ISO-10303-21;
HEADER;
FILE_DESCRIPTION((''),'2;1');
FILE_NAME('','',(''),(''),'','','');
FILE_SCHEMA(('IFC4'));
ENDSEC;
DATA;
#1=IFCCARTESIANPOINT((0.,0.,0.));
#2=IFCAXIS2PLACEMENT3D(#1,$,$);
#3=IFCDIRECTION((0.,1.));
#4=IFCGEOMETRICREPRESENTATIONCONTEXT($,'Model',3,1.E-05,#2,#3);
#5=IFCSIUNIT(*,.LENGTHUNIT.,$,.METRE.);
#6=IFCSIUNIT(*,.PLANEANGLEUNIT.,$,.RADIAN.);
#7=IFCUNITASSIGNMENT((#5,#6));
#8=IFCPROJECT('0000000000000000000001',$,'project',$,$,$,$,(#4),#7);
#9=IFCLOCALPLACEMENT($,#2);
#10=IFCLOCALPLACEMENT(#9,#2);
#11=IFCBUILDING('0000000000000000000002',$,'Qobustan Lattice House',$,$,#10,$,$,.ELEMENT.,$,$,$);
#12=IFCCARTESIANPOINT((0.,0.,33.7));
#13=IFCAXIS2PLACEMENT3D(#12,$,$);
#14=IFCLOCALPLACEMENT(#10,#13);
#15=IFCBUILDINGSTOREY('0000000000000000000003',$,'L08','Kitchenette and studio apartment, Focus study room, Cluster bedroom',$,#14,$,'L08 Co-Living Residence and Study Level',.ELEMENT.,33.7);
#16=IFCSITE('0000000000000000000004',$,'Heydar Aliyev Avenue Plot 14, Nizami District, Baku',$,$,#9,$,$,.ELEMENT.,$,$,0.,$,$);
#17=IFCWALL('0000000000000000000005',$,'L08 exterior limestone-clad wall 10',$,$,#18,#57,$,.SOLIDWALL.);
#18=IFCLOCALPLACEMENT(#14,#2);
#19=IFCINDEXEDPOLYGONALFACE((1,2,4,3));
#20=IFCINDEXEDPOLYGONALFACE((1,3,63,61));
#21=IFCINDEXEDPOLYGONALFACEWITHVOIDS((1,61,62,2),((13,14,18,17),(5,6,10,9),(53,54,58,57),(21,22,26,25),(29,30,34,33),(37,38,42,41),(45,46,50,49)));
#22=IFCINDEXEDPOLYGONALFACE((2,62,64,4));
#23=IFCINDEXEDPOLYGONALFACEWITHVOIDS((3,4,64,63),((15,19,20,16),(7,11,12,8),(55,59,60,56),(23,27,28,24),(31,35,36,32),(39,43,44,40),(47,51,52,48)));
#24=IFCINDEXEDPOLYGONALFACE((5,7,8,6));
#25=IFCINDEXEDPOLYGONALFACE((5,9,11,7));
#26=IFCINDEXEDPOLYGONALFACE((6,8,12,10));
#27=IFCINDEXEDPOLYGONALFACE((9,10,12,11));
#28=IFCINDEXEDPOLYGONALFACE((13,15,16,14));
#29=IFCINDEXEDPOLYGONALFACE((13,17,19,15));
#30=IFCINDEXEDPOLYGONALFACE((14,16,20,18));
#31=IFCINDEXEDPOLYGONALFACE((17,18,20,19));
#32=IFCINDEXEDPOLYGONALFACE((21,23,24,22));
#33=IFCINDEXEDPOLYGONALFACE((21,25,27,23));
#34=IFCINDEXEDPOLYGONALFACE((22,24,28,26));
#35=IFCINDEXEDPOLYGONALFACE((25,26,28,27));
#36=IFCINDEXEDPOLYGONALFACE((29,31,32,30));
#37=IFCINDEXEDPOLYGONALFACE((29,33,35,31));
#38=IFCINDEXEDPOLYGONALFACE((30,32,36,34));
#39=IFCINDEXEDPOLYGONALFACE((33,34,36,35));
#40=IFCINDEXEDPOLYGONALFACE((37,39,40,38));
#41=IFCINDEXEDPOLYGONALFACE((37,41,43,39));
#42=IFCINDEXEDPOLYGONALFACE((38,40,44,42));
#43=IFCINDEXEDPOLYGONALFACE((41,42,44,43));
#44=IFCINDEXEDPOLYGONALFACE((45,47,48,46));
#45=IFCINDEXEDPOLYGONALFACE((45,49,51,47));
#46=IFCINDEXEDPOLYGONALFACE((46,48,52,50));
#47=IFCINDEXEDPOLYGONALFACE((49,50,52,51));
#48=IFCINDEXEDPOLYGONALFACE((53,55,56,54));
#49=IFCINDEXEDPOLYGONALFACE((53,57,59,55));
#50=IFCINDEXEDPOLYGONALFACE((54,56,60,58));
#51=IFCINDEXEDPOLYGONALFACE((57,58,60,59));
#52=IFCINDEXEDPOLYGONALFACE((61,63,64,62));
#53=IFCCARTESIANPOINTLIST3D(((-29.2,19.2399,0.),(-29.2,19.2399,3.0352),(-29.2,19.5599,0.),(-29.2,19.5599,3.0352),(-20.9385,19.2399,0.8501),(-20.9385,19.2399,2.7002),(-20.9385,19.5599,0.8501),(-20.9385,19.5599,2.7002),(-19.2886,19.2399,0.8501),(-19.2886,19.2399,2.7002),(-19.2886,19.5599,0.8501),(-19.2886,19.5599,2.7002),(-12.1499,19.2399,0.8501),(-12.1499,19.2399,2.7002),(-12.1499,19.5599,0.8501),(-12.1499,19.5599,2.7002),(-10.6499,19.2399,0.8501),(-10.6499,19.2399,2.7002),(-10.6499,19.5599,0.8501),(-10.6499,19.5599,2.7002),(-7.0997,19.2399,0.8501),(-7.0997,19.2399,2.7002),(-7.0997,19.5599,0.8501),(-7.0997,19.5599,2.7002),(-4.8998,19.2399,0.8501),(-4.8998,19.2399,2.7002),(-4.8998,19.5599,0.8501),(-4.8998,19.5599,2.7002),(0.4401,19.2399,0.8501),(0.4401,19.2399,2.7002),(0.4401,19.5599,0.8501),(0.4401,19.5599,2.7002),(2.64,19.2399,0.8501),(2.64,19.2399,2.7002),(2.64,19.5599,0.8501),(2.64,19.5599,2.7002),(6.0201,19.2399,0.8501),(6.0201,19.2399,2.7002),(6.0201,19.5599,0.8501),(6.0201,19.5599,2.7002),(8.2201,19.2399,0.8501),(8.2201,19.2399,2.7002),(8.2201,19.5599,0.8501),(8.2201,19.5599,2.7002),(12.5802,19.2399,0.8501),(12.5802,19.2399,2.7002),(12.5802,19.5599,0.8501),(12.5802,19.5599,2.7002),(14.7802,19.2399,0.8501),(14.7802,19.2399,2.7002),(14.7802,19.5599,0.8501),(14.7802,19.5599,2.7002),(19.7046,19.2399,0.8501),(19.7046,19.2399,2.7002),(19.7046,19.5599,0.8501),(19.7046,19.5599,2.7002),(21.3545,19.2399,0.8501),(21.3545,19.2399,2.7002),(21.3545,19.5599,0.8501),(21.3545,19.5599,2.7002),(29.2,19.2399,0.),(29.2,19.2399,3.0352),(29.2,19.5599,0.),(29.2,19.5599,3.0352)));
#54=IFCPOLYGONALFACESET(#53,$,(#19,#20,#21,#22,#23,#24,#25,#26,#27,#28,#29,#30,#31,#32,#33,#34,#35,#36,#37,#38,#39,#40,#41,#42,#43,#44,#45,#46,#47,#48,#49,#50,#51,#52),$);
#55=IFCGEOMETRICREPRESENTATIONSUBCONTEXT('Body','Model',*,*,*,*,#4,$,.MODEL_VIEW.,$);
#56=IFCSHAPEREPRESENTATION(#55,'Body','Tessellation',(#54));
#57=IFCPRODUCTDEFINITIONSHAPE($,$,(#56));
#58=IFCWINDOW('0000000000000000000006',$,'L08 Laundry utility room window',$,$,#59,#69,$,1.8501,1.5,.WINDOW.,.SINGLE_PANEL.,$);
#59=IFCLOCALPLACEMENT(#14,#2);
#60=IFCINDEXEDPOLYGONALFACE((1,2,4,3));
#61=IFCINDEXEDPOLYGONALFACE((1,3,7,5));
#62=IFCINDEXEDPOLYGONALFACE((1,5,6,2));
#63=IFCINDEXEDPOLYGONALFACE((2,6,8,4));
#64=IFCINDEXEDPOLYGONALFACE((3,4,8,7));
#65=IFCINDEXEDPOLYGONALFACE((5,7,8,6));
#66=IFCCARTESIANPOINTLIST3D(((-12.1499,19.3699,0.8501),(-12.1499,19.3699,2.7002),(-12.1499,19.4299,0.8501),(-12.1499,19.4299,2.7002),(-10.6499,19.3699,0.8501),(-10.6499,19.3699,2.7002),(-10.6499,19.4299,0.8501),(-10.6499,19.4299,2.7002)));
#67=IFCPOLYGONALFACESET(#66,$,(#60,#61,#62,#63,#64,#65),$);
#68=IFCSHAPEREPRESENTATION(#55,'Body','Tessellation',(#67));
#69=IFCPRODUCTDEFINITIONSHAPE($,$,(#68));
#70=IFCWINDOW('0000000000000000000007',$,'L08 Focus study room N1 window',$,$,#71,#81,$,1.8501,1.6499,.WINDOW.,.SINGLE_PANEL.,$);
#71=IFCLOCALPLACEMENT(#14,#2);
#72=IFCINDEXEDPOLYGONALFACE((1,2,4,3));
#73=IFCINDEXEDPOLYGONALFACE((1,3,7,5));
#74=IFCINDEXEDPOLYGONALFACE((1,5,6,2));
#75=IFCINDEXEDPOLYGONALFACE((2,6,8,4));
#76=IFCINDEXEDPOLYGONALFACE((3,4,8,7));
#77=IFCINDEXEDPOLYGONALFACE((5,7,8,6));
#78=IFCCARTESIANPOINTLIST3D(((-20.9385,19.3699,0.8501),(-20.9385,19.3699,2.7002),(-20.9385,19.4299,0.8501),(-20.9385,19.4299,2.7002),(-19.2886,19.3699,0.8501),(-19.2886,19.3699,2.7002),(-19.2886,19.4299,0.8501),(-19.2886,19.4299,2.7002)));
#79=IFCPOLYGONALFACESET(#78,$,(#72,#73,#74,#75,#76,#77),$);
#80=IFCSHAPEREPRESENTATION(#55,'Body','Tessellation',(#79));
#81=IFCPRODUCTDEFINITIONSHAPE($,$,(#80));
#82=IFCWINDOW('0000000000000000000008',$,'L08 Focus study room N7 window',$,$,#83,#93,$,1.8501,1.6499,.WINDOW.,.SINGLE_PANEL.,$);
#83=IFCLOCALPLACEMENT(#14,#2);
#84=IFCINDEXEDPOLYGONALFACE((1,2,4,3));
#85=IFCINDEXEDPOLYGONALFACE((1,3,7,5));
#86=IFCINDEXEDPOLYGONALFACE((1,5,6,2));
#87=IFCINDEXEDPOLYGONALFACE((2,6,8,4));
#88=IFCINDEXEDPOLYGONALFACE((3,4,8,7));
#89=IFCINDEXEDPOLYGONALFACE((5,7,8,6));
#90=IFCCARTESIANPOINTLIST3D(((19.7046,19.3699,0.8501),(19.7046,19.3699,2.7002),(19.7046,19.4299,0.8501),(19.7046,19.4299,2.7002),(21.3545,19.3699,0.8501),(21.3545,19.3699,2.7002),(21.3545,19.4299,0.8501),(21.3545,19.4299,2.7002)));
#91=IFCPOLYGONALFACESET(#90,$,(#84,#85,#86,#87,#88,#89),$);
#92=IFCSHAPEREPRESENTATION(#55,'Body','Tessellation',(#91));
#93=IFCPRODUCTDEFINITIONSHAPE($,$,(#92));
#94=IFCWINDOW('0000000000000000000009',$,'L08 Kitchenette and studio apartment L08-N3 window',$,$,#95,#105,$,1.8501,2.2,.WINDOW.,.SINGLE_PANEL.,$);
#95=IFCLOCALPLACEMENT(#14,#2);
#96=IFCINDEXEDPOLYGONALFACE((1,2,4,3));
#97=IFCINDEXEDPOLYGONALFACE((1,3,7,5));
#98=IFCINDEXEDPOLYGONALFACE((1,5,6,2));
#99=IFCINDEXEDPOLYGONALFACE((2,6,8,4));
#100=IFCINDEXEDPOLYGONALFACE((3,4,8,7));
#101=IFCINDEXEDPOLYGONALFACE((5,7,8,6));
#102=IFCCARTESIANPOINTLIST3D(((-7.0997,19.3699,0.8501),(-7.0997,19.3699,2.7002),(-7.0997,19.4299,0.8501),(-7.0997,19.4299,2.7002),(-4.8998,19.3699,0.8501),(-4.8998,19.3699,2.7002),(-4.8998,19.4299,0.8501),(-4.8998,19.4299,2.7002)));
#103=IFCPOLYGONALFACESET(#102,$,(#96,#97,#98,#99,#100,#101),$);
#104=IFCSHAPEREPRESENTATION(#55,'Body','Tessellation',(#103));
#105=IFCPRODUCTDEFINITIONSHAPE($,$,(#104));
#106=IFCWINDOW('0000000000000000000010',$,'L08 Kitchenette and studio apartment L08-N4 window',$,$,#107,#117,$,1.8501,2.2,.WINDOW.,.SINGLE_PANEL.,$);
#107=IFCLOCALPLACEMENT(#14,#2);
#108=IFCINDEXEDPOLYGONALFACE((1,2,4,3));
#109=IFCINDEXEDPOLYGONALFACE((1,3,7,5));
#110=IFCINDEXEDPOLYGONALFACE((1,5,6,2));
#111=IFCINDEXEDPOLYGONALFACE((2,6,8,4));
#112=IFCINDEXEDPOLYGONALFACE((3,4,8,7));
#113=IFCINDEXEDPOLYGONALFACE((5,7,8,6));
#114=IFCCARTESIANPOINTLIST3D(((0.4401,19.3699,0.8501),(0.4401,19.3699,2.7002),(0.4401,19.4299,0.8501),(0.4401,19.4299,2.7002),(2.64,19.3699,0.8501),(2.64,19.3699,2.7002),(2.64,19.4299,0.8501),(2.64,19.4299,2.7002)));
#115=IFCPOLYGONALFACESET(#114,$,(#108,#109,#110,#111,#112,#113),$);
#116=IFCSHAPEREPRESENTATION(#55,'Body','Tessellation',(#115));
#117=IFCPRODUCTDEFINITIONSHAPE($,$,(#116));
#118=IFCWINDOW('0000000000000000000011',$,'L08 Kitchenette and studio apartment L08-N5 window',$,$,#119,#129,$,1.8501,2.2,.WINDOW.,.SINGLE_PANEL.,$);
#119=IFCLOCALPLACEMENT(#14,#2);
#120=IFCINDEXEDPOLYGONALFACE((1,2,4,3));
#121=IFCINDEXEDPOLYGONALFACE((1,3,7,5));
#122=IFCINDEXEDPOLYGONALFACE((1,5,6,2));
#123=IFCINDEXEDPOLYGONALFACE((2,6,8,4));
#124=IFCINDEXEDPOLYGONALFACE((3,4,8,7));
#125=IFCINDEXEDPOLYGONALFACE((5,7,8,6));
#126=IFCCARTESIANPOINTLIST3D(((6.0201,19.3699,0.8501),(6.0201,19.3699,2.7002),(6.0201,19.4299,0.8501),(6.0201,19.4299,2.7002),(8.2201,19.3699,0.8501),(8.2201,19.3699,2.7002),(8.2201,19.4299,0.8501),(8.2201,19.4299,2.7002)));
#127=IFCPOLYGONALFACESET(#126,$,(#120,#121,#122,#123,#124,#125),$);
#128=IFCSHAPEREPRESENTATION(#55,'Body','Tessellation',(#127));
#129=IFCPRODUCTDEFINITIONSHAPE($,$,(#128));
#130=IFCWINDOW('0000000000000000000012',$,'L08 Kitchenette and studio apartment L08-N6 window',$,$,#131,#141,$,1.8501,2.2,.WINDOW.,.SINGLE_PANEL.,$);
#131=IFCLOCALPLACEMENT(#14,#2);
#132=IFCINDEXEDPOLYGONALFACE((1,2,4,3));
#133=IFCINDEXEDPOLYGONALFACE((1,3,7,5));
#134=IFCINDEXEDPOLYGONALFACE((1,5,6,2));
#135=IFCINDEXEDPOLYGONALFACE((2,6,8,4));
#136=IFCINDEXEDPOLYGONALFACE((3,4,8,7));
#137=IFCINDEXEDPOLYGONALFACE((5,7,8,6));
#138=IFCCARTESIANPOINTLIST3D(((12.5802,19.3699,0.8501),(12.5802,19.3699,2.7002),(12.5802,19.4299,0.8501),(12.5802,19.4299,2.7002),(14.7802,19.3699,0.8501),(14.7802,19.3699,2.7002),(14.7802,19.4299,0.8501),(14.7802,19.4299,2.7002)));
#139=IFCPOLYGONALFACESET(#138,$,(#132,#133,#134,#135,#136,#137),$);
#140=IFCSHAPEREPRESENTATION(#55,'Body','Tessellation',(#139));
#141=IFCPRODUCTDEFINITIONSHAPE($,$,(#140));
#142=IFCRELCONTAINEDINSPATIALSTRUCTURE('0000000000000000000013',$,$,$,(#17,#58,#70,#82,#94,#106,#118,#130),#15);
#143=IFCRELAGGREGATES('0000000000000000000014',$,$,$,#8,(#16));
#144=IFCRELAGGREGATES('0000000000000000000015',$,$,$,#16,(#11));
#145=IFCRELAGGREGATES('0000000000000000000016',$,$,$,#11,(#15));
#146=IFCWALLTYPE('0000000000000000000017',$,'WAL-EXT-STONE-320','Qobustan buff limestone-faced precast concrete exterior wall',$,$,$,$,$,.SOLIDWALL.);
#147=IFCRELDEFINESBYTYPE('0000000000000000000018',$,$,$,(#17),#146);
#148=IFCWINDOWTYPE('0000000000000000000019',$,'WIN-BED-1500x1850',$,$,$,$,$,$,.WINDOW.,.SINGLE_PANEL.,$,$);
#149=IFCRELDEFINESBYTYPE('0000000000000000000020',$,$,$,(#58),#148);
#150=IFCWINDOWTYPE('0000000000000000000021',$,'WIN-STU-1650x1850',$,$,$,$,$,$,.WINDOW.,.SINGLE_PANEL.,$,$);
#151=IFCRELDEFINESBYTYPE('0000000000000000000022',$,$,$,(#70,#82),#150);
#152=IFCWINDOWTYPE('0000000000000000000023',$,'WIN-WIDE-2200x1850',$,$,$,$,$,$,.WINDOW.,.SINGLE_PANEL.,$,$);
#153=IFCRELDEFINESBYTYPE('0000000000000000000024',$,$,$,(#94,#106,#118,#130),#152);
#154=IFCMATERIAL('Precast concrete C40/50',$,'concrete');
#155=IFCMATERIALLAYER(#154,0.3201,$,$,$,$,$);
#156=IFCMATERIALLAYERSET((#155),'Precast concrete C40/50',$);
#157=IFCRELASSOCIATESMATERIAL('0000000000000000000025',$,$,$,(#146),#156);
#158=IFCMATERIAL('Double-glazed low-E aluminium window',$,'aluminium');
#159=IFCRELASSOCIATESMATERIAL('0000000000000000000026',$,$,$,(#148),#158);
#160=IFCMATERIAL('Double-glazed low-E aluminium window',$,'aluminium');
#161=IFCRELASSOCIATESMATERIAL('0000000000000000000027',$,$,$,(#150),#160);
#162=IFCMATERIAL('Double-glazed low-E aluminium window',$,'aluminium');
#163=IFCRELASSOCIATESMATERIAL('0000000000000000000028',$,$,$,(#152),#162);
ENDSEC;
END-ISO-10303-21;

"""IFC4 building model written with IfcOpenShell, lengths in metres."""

from ifc_helpers import new_model, si_unit, direction, frame, frame_2d, origin, place, context, subcontext, project, spatial, rectangle, extrude, material, layer, layer_set, type_object, element, fill, save


model = new_model("IFC4")

# Units and contexts
model_context = context("Model", 3, precision=1e-05, world=origin(), true_north=direction((0.0, 1.0)))
body_context = subcontext(model_context, "Body", "Model", "MODEL_VIEW")
ifc_project = project(units=[si_unit("LENGTHUNIT", "METRE"), si_unit("PLANEANGLEUNIT", "RADIAN")], contexts=[model_context])

# Site, building, storey
site_placement = place(None, origin())
site = spatial("IfcSite", under=ifc_project, at=site_placement, Name="Heydar Aliyev Avenue Plot 14, Nizami District, Baku", CompositionType="ELEMENT", RefElevation=0.0)
building_placement = place(site_placement, origin())
building = spatial("IfcBuilding", under=site, at=building_placement, Name="Qobustan Lattice House", CompositionType="ELEMENT")
storey_placement = place(building_placement, frame((0.0, 0.0, 33.7)))
storey = spatial("IfcBuildingStorey", under=building, at=storey_placement, Name="L08", Description="Kitchenette and studio apartment, Focus study room, Cluster bedroom", LongName="L08 Co-Living Residence and Study Level", CompositionType="ELEMENT", Elevation=33.7)

# Shared definitions
ifc_material_1 = material(Name="Precast concrete C40/50", Category="concrete")
ifc_layer_1 = layer(ifc_material_1, 0.3201)
ifc_layer_set_1 = layer_set([ifc_layer_1], Name="Precast concrete C40/50")
wall_type = type_object("IfcWallType", Name="WAL-EXT-STONE-320", Description="Qobustan buff limestone-faced precast concrete exterior wall", PredefinedType="SOLIDWALL", material=ifc_layer_set_1)

# Wall, openings, windows
wall_1_placement = place(storey_placement, frame((-29.2, 19.3999, 0.0), z_axis=(0.0, 0.0, 1.0), x_axis=(1.0, 0.0, 0.0)))
wall_1 = element("IfcWall", 1, at=wall_1_placement, inside=storey, type_object=wall_type, Name="L08 exterior limestone-clad wall 10", PredefinedType="SOLIDWALL", context=body_context, shape_type="SweptSolid", body=[
    extrude(rectangle(XDim=58.3999, YDim=0.3201, at=frame_2d((29.2, 0.0))), origin(), (0.0, 0.0, 1.0), 3.0352),
])
opening_1_placement = place(wall_1_placement, frame((8.2615, 0.0, 0.8501)))
opening_1 = element("IfcOpeningElement", 2, at=opening_1_placement, cuts=wall_1, PredefinedType="OPENING", context=body_context, shape_type="SweptSolid", body=[
    extrude(rectangle(XDim=1.6499, YDim=1.8501, at=frame_2d((0.825, 0.925))), frame((0.0, 0.1699, 0.0), z_axis=(0.0, -1.0, 0.0), x_axis=(1.0, 0.0, 0.0)), (0.0, 0.0, 1.0), 0.3401),
])
opening_2_placement = place(wall_1_placement, frame((17.05, 0.0, 0.8501)))
opening_2 = element("IfcOpeningElement", 3, at=opening_2_placement, cuts=wall_1, PredefinedType="OPENING", context=body_context, shape_type="SweptSolid", body=[
    extrude(rectangle(XDim=1.5, YDim=1.8501, at=frame_2d((0.75, 0.925))), frame((0.0, 0.1699, 0.0), z_axis=(0.0, -1.0, 0.0), x_axis=(1.0, 0.0, 0.0)), (0.0, 0.0, 1.0), 0.3401),
])
opening_3_placement = place(wall_1_placement, frame((22.1001, 0.0, 0.8501)))
opening_3 = element("IfcOpeningElement", 4, at=opening_3_placement, cuts=wall_1, PredefinedType="OPENING", context=body_context, shape_type="SweptSolid", body=[
    extrude(rectangle(XDim=2.2, YDim=1.8501, at=frame_2d((1.1001, 0.925))), frame((0.0, 0.1699, 0.0), z_axis=(0.0, -1.0, 0.0), x_axis=(1.0, 0.0, 0.0)), (0.0, 0.0, 1.0), 0.3401),
])
opening_4_placement = place(wall_1_placement, frame((29.6399, 0.0, 0.8501)))
opening_4 = element("IfcOpeningElement", 5, at=opening_4_placement, cuts=wall_1, PredefinedType="OPENING", context=body_context, shape_type="SweptSolid", body=[
    extrude(rectangle(XDim=2.2, YDim=1.8501, at=frame_2d((1.1001, 0.925))), frame((0.0, 0.1699, 0.0), z_axis=(0.0, -1.0, 0.0), x_axis=(1.0, 0.0, 0.0)), (0.0, 0.0, 1.0), 0.3401),
])
opening_5_placement = place(wall_1_placement, frame((35.22, 0.0, 0.8501)))
opening_5 = element("IfcOpeningElement", 6, at=opening_5_placement, cuts=wall_1, PredefinedType="OPENING", context=body_context, shape_type="SweptSolid", body=[
    extrude(rectangle(XDim=2.2, YDim=1.8501, at=frame_2d((1.1001, 0.925))), frame((0.0, 0.1699, 0.0), z_axis=(0.0, -1.0, 0.0), x_axis=(1.0, 0.0, 0.0)), (0.0, 0.0, 1.0), 0.3401),
])
opening_6_placement = place(wall_1_placement, frame((41.78, 0.0, 0.8501)))
opening_6 = element("IfcOpeningElement", 7, at=opening_6_placement, cuts=wall_1, PredefinedType="OPENING", context=body_context, shape_type="SweptSolid", body=[
    extrude(rectangle(XDim=2.2, YDim=1.8501, at=frame_2d((1.1001, 0.925))), frame((0.0, 0.1699, 0.0), z_axis=(0.0, -1.0, 0.0), x_axis=(1.0, 0.0, 0.0)), (0.0, 0.0, 1.0), 0.3401),
])
opening_7_placement = place(wall_1_placement, frame((48.9045, 0.0, 0.8501)))
opening_7 = element("IfcOpeningElement", 8, at=opening_7_placement, cuts=wall_1, PredefinedType="OPENING", context=body_context, shape_type="SweptSolid", body=[
    extrude(rectangle(XDim=1.6499, YDim=1.8501, at=frame_2d((0.825, 0.925))), frame((0.0, 0.1699, 0.0), z_axis=(0.0, -1.0, 0.0), x_axis=(1.0, 0.0, 0.0)), (0.0, 0.0, 1.0), 0.3401),
])
ifc_material_2 = material(Name="Double-glazed low-E aluminium window", Category="aluminium")
window_type_1 = type_object("IfcWindowType", Name="WIN-BED-1500x1850", PartitioningType="SINGLE_PANEL", PredefinedType="WINDOW", material=ifc_material_2)
window_1_placement = place(opening_2_placement, origin())
window_1 = element("IfcWindow", 9, at=window_1_placement, inside=storey, type_object=window_type_1, Name="L08 Laundry utility room window", OverallHeight=1.8501, OverallWidth=1.5, PartitioningType="SINGLE_PANEL", PredefinedType="WINDOW", context=body_context, shape_type="SweptSolid", body=[
    extrude(rectangle(XDim=1.5, YDim=1.8501, at=frame_2d((0.75, 0.925))), frame((0.0, 0.03, 0.0), z_axis=(0.0, -1.0, 0.0), x_axis=(1.0, 0.0, 0.0)), (0.0, 0.0, 1.0), 0.0601),
])
fill(opening_2, window_1)
ifc_material_3 = material(Name="Double-glazed low-E aluminium window", Category="aluminium")
window_type_2 = type_object("IfcWindowType", Name="WIN-STU-1650x1850", PartitioningType="SINGLE_PANEL", PredefinedType="WINDOW", material=ifc_material_3)
window_2_placement = place(opening_1_placement, origin())
window_2 = element("IfcWindow", 10, at=window_2_placement, inside=storey, type_object=window_type_2, Name="L08 Focus study room N1 window", OverallHeight=1.8501, OverallWidth=1.6499, PartitioningType="SINGLE_PANEL", PredefinedType="WINDOW", context=body_context, shape_type="SweptSolid", body=[
    extrude(rectangle(XDim=1.6499, YDim=1.8501, at=frame_2d((0.825, 0.925))), frame((0.0, 0.03, 0.0), z_axis=(0.0, -1.0, 0.0), x_axis=(1.0, 0.0, 0.0)), (0.0, 0.0, 1.0), 0.0601),
])
fill(opening_1, window_2)
window_3_placement = place(opening_7_placement, origin())
window_3 = element("IfcWindow", 11, at=window_3_placement, inside=storey, type_object=window_type_2, Name="L08 Focus study room N7 window", OverallHeight=1.8501, OverallWidth=1.6499, PartitioningType="SINGLE_PANEL", PredefinedType="WINDOW", context=body_context, shape_type="SweptSolid", body=[
    extrude(rectangle(XDim=1.6499, YDim=1.8501, at=frame_2d((0.825, 0.925))), frame((0.0, 0.03, 0.0), z_axis=(0.0, -1.0, 0.0), x_axis=(1.0, 0.0, 0.0)), (0.0, 0.0, 1.0), 0.0601),
])
fill(opening_7, window_3)
ifc_material_4 = material(Name="Double-glazed low-E aluminium window", Category="aluminium")
window_type_3 = type_object("IfcWindowType", Name="WIN-WIDE-2200x1850", PartitioningType="SINGLE_PANEL", PredefinedType="WINDOW", material=ifc_material_4)
window_4_placement = place(opening_3_placement, origin())
window_4 = element("IfcWindow", 12, at=window_4_placement, inside=storey, type_object=window_type_3, Name="L08 Kitchenette and studio apartment L08-N3 window", OverallHeight=1.8501, OverallWidth=2.2, PartitioningType="SINGLE_PANEL", PredefinedType="WINDOW", context=body_context, shape_type="SweptSolid", body=[
    extrude(rectangle(XDim=2.2, YDim=1.8501, at=frame_2d((1.1001, 0.925))), frame((0.0, 0.03, 0.0), z_axis=(0.0, -1.0, 0.0), x_axis=(1.0, 0.0, 0.0)), (0.0, 0.0, 1.0), 0.0601),
])
fill(opening_3, window_4)
window_5_placement = place(opening_4_placement, origin())
window_5 = element("IfcWindow", 13, at=window_5_placement, inside=storey, type_object=window_type_3, Name="L08 Kitchenette and studio apartment L08-N4 window", OverallHeight=1.8501, OverallWidth=2.2, PartitioningType="SINGLE_PANEL", PredefinedType="WINDOW", context=body_context, shape_type="SweptSolid", body=[
    extrude(rectangle(XDim=2.2, YDim=1.8501, at=frame_2d((1.1001, 0.925))), frame((0.0, 0.03, 0.0), z_axis=(0.0, -1.0, 0.0), x_axis=(1.0, 0.0, 0.0)), (0.0, 0.0, 1.0), 0.0601),
])
fill(opening_4, window_5)
window_6_placement = place(opening_5_placement, origin())
window_6 = element("IfcWindow", 14, at=window_6_placement, inside=storey, type_object=window_type_3, Name="L08 Kitchenette and studio apartment L08-N5 window", OverallHeight=1.8501, OverallWidth=2.2, PartitioningType="SINGLE_PANEL", PredefinedType="WINDOW", context=body_context, shape_type="SweptSolid", body=[
    extrude(rectangle(XDim=2.2, YDim=1.8501, at=frame_2d((1.1001, 0.925))), frame((0.0, 0.03, 0.0), z_axis=(0.0, -1.0, 0.0), x_axis=(1.0, 0.0, 0.0)), (0.0, 0.0, 1.0), 0.0601),
])
fill(opening_5, window_6)
window_7_placement = place(opening_6_placement, origin())
window_7 = element("IfcWindow", 15, at=window_7_placement, inside=storey, type_object=window_type_3, Name="L08 Kitchenette and studio apartment L08-N6 window", OverallHeight=1.8501, OverallWidth=2.2, PartitioningType="SINGLE_PANEL", PredefinedType="WINDOW", context=body_context, shape_type="SweptSolid", body=[
    extrude(rectangle(XDim=2.2, YDim=1.8501, at=frame_2d((1.1001, 0.925))), frame((0.0, 0.03, 0.0), z_axis=(0.0, -1.0, 0.0), x_axis=(1.0, 0.0, 0.0)), (0.0, 0.0, 1.0), 0.0601),
])
fill(opening_6, window_7)

save(model, "model.ifc")
